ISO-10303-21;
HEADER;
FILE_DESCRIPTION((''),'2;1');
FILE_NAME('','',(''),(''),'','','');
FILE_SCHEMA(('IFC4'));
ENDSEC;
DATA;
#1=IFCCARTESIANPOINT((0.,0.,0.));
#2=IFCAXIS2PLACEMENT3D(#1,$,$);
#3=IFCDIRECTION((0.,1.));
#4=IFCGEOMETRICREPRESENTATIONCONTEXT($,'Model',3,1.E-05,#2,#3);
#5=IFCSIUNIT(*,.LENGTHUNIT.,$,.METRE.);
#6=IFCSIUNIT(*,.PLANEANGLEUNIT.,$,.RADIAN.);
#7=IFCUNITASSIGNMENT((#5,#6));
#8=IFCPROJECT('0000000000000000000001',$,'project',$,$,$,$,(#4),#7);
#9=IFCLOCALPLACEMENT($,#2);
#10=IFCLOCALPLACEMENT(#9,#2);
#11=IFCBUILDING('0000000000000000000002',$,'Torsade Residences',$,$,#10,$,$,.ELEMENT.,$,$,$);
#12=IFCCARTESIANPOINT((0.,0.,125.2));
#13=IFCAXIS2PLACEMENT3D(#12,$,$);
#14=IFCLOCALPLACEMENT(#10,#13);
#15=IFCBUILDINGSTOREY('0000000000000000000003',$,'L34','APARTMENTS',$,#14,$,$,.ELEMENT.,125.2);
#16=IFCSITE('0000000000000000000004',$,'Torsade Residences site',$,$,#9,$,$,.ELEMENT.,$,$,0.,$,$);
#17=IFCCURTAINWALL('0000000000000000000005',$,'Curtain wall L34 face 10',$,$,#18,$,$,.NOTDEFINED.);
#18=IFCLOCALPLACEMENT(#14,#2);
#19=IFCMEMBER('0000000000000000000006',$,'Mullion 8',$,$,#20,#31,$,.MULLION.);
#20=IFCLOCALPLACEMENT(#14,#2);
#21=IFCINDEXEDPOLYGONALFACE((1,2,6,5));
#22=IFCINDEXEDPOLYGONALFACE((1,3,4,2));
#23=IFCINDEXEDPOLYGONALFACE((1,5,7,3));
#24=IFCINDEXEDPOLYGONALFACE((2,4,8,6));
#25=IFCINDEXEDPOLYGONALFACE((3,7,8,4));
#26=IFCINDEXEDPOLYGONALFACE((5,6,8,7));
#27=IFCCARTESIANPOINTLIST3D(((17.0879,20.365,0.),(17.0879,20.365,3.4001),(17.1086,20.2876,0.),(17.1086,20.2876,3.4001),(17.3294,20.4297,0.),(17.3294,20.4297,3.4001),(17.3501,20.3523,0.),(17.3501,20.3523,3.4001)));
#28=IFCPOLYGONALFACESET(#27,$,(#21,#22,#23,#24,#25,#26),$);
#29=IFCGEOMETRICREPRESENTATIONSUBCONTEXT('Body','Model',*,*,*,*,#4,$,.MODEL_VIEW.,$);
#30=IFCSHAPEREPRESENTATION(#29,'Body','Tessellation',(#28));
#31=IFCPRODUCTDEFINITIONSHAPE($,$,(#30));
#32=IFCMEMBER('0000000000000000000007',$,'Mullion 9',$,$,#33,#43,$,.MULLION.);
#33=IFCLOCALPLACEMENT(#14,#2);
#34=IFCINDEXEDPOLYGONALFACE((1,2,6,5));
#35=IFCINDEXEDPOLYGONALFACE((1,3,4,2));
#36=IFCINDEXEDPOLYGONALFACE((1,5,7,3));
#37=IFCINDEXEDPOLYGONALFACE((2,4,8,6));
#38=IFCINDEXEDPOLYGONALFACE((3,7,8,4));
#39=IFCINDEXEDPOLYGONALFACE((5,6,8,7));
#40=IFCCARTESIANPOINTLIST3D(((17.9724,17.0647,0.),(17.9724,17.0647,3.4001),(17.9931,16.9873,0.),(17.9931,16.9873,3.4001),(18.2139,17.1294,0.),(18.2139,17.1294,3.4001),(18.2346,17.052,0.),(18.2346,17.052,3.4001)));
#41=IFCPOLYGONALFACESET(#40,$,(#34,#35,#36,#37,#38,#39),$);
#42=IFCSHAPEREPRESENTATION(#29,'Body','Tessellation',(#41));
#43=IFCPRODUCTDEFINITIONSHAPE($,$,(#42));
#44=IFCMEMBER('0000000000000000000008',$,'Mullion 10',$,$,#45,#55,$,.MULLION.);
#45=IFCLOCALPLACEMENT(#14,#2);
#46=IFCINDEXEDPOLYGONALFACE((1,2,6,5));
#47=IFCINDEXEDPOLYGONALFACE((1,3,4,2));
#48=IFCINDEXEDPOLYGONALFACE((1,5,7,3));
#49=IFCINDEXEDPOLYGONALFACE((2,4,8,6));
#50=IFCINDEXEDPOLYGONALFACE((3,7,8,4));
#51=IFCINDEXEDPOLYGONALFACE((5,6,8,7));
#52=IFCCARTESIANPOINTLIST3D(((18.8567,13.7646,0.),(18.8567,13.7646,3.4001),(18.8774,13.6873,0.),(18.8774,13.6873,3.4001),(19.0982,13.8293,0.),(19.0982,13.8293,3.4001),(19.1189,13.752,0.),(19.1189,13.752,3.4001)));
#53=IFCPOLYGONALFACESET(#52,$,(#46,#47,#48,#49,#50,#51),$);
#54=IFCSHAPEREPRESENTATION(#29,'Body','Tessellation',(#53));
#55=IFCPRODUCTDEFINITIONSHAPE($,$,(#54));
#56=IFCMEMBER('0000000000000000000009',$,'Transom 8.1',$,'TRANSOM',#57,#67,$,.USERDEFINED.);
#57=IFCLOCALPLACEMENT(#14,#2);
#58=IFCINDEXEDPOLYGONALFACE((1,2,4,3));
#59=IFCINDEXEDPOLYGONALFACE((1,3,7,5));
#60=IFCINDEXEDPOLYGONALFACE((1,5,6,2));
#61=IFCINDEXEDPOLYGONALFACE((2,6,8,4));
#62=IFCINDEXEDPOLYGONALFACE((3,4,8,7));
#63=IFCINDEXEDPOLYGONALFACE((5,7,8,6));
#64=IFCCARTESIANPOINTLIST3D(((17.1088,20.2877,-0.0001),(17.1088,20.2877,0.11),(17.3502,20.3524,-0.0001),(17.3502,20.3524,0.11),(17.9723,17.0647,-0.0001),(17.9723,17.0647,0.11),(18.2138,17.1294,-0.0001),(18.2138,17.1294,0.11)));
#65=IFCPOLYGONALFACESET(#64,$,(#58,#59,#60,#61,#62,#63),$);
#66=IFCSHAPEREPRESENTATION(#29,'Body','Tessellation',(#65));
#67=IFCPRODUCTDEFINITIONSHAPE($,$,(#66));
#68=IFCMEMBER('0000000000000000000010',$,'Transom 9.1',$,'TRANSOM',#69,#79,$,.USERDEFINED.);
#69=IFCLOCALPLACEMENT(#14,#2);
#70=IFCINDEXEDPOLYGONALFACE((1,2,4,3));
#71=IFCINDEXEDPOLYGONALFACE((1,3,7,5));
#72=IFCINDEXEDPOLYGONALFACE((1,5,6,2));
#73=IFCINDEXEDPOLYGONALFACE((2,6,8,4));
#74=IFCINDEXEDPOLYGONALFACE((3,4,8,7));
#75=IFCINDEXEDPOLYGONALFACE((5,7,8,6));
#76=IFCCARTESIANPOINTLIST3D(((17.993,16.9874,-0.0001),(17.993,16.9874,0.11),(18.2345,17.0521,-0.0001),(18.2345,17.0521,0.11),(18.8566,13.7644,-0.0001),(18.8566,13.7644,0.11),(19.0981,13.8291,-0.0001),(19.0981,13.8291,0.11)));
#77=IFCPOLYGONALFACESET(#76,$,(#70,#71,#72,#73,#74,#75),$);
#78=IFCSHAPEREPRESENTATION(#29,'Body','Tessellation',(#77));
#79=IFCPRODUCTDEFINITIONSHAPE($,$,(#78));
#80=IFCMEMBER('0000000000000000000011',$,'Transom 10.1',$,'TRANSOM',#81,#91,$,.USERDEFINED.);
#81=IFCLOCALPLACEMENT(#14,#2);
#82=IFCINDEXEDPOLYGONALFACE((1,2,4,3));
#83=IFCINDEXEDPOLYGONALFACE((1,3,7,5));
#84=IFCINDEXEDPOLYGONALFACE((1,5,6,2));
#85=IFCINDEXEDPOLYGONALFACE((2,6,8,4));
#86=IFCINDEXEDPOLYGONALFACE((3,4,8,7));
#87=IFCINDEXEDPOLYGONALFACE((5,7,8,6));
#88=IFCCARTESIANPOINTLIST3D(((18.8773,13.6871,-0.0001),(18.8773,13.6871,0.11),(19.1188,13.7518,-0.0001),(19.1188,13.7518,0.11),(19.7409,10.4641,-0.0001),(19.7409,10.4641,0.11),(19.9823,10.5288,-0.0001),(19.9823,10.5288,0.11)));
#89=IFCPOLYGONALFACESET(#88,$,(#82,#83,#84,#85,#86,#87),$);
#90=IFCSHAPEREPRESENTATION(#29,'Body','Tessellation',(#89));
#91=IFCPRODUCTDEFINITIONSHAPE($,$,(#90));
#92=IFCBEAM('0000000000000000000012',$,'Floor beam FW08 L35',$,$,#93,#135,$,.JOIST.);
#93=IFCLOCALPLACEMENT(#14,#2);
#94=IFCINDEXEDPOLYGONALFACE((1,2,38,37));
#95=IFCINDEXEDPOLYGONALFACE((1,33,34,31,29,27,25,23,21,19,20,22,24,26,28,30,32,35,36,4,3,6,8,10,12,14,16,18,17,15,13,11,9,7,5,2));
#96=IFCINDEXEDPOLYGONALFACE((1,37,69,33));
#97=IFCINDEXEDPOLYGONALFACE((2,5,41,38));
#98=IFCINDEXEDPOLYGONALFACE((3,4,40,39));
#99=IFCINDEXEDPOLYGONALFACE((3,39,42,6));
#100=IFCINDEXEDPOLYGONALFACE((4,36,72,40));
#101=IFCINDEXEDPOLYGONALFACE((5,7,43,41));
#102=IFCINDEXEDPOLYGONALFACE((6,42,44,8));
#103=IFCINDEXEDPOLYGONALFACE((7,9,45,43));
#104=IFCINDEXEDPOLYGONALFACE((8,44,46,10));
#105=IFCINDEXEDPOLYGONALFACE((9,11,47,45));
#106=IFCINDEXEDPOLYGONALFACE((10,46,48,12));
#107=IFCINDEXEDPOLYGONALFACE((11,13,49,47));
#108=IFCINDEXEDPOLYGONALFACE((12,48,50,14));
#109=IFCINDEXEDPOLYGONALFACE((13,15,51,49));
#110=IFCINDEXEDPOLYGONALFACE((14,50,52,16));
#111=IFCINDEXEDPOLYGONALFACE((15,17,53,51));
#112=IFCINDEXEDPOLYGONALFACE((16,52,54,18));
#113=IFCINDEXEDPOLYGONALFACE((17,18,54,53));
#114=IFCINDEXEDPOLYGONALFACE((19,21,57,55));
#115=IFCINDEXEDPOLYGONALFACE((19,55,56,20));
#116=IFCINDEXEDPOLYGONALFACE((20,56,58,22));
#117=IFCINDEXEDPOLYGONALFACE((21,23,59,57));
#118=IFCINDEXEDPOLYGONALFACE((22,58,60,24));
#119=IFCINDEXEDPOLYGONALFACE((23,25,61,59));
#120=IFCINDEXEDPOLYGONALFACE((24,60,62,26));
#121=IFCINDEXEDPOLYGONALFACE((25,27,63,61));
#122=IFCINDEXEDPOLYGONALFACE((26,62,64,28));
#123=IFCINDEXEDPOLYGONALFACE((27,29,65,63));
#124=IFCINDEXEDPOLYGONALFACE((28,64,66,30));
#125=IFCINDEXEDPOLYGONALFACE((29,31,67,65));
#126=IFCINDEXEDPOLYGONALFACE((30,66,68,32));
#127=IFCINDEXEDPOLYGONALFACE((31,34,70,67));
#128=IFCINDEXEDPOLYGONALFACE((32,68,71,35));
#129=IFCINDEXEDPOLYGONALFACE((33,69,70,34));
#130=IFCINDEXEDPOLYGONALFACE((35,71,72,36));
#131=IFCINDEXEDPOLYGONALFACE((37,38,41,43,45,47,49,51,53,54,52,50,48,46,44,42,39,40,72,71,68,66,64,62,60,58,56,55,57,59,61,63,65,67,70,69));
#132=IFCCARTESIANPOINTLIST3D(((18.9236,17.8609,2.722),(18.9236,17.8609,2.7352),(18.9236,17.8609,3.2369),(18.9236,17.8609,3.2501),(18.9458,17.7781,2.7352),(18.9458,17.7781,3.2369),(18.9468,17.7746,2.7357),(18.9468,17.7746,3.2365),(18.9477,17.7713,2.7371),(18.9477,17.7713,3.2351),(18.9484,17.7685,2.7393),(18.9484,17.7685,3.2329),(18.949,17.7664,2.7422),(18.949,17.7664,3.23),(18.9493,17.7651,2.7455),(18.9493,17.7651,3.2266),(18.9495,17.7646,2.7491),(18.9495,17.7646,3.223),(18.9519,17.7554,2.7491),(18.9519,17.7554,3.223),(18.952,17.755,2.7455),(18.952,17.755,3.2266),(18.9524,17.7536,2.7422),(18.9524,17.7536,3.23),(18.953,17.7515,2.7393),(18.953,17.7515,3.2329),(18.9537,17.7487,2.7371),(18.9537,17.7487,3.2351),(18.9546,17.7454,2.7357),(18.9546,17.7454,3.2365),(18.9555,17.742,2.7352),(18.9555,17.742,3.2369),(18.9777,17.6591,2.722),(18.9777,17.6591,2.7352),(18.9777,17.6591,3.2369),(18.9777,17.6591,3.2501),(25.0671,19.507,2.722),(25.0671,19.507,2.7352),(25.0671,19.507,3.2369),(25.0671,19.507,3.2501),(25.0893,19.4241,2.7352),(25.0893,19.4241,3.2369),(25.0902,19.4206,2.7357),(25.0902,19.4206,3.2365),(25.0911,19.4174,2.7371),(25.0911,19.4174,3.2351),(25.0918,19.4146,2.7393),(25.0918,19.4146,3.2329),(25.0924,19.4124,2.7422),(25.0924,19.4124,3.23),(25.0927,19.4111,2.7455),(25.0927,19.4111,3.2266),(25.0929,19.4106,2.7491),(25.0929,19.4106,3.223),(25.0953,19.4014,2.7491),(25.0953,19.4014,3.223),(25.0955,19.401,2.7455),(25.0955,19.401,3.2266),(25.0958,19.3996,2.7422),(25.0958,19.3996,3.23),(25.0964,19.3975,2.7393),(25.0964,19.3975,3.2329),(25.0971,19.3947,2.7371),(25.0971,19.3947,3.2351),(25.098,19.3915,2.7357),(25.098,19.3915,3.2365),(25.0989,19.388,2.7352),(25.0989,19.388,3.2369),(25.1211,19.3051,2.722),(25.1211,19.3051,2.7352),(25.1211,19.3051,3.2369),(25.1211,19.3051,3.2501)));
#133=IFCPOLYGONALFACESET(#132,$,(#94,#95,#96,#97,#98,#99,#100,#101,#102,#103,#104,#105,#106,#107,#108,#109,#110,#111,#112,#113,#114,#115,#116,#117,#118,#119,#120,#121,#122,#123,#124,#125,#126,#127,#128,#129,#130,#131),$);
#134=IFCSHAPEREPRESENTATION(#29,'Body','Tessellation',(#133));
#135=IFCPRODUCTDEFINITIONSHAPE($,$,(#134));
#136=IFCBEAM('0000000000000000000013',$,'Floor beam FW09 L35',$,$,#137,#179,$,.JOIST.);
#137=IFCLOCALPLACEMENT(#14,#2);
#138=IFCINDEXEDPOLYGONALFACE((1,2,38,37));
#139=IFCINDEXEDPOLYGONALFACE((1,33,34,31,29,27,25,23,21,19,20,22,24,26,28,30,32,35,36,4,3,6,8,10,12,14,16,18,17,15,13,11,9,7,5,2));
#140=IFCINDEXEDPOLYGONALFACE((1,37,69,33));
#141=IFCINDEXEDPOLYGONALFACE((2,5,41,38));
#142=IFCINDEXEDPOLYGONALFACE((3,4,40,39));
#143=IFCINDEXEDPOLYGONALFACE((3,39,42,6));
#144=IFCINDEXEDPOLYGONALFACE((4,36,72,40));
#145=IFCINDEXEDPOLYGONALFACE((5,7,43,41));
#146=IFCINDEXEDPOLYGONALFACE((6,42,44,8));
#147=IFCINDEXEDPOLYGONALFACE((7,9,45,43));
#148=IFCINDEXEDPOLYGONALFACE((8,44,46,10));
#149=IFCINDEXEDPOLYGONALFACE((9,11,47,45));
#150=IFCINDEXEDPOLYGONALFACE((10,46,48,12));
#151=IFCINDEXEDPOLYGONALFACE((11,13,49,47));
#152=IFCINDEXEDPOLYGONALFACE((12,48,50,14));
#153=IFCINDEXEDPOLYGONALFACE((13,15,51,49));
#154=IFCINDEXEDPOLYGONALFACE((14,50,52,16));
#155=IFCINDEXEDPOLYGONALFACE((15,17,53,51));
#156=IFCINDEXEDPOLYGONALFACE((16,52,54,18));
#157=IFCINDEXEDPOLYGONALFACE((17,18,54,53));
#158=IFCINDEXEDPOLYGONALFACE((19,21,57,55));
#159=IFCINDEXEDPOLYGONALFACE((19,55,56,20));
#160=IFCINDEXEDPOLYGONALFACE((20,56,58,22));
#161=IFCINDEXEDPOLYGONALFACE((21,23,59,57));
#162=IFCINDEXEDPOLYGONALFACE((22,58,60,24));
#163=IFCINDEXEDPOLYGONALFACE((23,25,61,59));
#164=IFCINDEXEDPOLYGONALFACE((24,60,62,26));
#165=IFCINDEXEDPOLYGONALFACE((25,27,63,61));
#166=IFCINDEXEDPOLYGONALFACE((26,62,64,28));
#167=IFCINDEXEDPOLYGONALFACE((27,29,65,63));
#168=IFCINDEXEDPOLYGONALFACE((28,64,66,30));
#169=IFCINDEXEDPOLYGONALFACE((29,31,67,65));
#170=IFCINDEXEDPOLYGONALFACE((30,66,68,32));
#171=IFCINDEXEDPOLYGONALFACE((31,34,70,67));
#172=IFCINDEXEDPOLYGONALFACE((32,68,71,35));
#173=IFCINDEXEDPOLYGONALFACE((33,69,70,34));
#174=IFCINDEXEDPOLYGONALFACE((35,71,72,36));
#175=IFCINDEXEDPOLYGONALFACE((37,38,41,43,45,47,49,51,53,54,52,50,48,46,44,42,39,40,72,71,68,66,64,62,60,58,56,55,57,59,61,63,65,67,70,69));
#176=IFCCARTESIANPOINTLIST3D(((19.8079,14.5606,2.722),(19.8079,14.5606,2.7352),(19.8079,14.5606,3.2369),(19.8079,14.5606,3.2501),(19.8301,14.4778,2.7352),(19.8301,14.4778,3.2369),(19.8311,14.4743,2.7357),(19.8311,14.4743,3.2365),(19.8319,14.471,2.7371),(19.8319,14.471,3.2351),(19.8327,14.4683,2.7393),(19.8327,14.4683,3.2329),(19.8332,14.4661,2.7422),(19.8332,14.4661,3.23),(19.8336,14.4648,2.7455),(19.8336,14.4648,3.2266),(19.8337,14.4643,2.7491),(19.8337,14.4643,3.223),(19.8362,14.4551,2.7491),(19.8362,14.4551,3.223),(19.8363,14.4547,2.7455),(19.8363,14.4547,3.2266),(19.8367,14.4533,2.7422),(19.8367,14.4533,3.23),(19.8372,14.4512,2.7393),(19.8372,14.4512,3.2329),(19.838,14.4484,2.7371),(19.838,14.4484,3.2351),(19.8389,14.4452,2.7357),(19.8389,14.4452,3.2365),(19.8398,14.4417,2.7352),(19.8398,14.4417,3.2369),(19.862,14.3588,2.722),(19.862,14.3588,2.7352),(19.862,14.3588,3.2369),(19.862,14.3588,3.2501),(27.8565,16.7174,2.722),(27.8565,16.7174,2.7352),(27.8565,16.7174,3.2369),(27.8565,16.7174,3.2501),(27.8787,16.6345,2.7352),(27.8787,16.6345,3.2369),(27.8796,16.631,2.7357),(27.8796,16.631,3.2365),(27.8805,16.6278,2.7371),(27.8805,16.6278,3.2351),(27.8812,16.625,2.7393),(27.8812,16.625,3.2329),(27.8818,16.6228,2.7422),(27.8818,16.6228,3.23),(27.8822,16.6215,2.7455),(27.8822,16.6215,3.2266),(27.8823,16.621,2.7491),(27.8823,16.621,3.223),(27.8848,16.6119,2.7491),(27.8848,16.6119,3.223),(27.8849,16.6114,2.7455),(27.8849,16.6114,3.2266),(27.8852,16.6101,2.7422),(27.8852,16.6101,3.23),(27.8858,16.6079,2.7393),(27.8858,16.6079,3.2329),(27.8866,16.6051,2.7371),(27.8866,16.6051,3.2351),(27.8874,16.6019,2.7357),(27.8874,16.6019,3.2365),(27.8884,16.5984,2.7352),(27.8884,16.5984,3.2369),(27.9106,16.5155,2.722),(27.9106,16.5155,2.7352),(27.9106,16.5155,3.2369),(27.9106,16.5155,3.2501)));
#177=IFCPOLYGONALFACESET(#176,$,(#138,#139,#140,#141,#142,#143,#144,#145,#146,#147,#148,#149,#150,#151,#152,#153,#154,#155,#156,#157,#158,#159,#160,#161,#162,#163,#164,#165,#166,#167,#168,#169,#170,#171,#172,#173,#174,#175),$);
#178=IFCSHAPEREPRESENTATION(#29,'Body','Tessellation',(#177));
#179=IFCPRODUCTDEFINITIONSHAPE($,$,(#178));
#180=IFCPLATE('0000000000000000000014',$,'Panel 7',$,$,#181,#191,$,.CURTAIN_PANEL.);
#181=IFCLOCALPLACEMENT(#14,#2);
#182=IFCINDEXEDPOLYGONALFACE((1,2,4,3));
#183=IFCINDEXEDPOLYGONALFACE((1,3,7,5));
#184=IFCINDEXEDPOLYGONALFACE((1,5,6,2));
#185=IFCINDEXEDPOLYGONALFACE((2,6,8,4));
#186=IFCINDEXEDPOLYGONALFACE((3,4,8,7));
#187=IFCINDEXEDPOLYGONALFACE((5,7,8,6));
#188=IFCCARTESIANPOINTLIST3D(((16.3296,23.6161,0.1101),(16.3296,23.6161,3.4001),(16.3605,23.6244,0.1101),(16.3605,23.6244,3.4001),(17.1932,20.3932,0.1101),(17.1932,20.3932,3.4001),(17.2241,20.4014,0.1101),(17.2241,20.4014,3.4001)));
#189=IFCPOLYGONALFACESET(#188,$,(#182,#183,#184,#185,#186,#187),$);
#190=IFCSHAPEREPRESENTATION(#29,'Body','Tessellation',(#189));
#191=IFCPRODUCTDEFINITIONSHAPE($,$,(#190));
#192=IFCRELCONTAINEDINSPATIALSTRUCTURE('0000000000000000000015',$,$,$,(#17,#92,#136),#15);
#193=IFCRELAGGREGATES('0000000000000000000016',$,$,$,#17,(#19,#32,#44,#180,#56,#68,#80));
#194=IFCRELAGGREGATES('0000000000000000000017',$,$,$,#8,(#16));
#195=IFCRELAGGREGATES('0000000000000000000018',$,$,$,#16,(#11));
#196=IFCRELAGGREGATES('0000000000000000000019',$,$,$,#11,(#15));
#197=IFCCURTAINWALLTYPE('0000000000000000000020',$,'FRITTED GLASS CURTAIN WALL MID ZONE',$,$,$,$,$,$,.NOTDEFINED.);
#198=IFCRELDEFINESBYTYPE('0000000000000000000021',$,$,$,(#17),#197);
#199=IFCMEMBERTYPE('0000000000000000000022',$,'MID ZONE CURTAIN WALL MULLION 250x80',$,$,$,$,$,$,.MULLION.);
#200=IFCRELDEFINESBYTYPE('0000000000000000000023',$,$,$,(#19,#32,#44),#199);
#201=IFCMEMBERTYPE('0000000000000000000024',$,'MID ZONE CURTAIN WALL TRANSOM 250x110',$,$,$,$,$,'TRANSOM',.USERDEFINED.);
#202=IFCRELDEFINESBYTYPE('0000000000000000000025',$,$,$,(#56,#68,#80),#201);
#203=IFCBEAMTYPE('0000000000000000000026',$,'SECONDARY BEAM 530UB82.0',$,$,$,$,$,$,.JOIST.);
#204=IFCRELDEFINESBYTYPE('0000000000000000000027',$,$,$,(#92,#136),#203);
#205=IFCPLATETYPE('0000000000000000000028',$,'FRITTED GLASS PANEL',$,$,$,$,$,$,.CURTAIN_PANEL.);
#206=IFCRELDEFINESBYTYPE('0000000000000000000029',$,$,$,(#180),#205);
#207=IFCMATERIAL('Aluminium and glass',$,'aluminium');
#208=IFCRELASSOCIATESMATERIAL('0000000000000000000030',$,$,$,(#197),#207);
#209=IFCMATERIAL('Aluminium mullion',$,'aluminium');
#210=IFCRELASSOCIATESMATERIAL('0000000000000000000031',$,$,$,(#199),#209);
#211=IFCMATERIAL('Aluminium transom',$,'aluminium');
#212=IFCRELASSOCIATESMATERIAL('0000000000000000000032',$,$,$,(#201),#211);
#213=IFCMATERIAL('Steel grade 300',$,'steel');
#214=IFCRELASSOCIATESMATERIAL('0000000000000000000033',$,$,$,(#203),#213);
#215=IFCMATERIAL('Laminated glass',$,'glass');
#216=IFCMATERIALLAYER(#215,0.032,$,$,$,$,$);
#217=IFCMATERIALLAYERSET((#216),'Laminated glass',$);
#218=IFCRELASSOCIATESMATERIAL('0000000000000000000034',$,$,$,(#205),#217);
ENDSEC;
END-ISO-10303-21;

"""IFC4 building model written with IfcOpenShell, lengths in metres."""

from ifc_helpers import new_model, si_unit, direction, frame, origin, origin_2d, place, context, subcontext, project, spatial, rectangle, i_section, extrude, material, layer, layer_set, material_profile, profile_set, type_object, element, aggregate, save


model = new_model("IFC4")

# Units and contexts
model_context = context("Model", 3, precision=1e-05, world=origin(), true_north=direction((0.0, 1.0)))
body_context = subcontext(model_context, "Body", "Model", "MODEL_VIEW")
ifc_project = project(units=[si_unit("LENGTHUNIT", "METRE"), si_unit("PLANEANGLEUNIT", "RADIAN")], contexts=[model_context])

# Site, building, storey
site_placement = place(None, origin())
site = spatial("IfcSite", under=ifc_project, at=site_placement, Name="Torsade Residences site", CompositionType="ELEMENT", RefElevation=0.0)
building_placement = place(site_placement, origin())
building = spatial("IfcBuilding", under=site, at=building_placement, Name="Torsade Residences", CompositionType="ELEMENT")
storey_placement = place(building_placement, frame((0.0, 0.0, 125.2)))
storey = spatial("IfcBuildingStorey", under=building, at=storey_placement, Name="L34", Description="APARTMENTS", CompositionType="ELEMENT", Elevation=125.2)

# Curtain wall, members
ifc_material_1 = material(Name="Aluminium and glass", Category="aluminium")
curtain_wall_type = type_object("IfcCurtainWallType", Name="FRITTED GLASS CURTAIN WALL MID ZONE", PredefinedType="NOTDEFINED", material=ifc_material_1)
curtain_wall_placement = place(storey_placement, origin())
curtain_wall = element("IfcCurtainWall", 1, at=curtain_wall_placement, inside=storey, type_object=curtain_wall_type, Name="Curtain wall L34 face 10", PredefinedType="NOTDEFINED")
ifc_material_2 = material(Name="Aluminium mullion", Category="aluminium")
ifc_material_profile_1 = material_profile(ifc_material_2, rectangle(XDim=0.25, YDim=0.0801, at=origin_2d()), Name="MID ZONE CURTAIN WALL MULLION 250x80")
ifc_profile_set_1 = profile_set([ifc_material_profile_1], Name="Aluminium mullion")
member_type_1 = type_object("IfcMemberType", Name="MID ZONE CURTAIN WALL MULLION 250x80", PredefinedType="MULLION", material=ifc_profile_set_1)
member_1_placement = place(storey_placement, frame((17.219, 20.3586, 0.0), z_axis=(0.0, 0.0, 1.0), x_axis=(0.965926, 0.258819, 0.0)))
member_1 = element("IfcMember", 2, at=member_1_placement, type_object=member_type_1, Name="Mullion 8", PredefinedType="MULLION", context=body_context, shape_type="SweptSolid", body=[
    extrude(rectangle(XDim=0.25, YDim=0.0801, at=origin_2d()), origin(), (0.0, 0.0, 1.0), 3.4001),
])
member_2_placement = place(storey_placement, frame((18.1035, 17.0583, 0.0), z_axis=(0.0, 0.0, 1.0), x_axis=(0.965926, 0.258819, 0.0)))
member_2 = element("IfcMember", 3, at=member_2_placement, type_object=member_type_1, Name="Mullion 9", PredefinedType="MULLION", context=body_context, shape_type="SweptSolid", body=[
    extrude(rectangle(XDim=0.25, YDim=0.0801, at=origin_2d()), origin(), (0.0, 0.0, 1.0), 3.4001),
])
member_3_placement = place(storey_placement, frame((18.9878, 13.7583, 0.0), z_axis=(0.0, 0.0, 1.0), x_axis=(0.965926, 0.258819, 0.0)))
member_3 = element("IfcMember", 4, at=member_3_placement, type_object=member_type_1, Name="Mullion 10", PredefinedType="MULLION", context=body_context, shape_type="SweptSolid", body=[
    extrude(rectangle(XDim=0.25, YDim=0.0801, at=origin_2d()), origin(), (0.0, 0.0, 1.0), 3.4001),
])
ifc_material_3 = material(Name="Aluminium transom", Category="aluminium")
ifc_material_profile_2 = material_profile(ifc_material_3, rectangle(XDim=0.25, YDim=0.1101, at=origin_2d()), Name="MID ZONE CURTAIN WALL TRANSOM 250x110")
ifc_profile_set_2 = profile_set([ifc_material_profile_2], Name="Aluminium transom")
member_type_2 = type_object("IfcMemberType", Name="MID ZONE CURTAIN WALL TRANSOM 250x110", ElementType="TRANSOM", PredefinedType="USERDEFINED", material=ifc_profile_set_2)
member_4_placement = place(storey_placement, frame((17.2295, 20.3201, 0.0549), z_axis=(0.258806, -0.965929, 0.0), x_axis=(0.965929, 0.258806, 0.0)))
member_4 = element("IfcMember", 5, at=member_4_placement, type_object=member_type_2, Name="Transom 8.1", ObjectType="TRANSOM", PredefinedType="USERDEFINED", context=body_context, shape_type="SweptSolid", body=[
    extrude(rectangle(XDim=0.25, YDim=0.1101, at=origin_2d()), origin(), (0.0, 0.0, 1.0), 3.3367),
])
member_5_placement = place(storey_placement, frame((18.1138, 17.0198, 0.0549), z_axis=(0.258806, -0.965929, 0.0), x_axis=(0.965929, 0.258806, 0.0)))
member_5 = element("IfcMember", 6, at=member_5_placement, type_object=member_type_2, Name="Transom 9.1", ObjectType="TRANSOM", PredefinedType="USERDEFINED", context=body_context, shape_type="SweptSolid", body=[
    extrude(rectangle(XDim=0.25, YDim=0.1101, at=origin_2d()), origin(), (0.0, 0.0, 1.0), 3.3367),
])
member_6_placement = place(storey_placement, frame((18.998, 13.7195, 0.0549), z_axis=(0.258806, -0.965929, 0.0), x_axis=(0.965929, 0.258806, 0.0)))
member_6 = element("IfcMember", 7, at=member_6_placement, type_object=member_type_2, Name="Transom 10.1", ObjectType="TRANSOM", PredefinedType="USERDEFINED", context=body_context, shape_type="SweptSolid", body=[
    extrude(rectangle(XDim=0.25, YDim=0.1101, at=origin_2d()), origin(), (0.0, 0.0, 1.0), 3.3367),
])

# Beams
ifc_material_4 = material(Name="Steel grade 300", Category="steel")
ifc_material_profile_3 = material_profile(ifc_material_4, i_section(OverallWidth=0.209, OverallDepth=0.5281, WebThickness=0.0095, FlangeThickness=0.0132, FilletRadius=0.0139, at=origin_2d()), Name="530UB82.0")
ifc_profile_set_3 = profile_set([ifc_material_profile_3], Name="Steel grade 300")
beam_type = type_object("IfcBeamType", Name="SECONDARY BEAM 530UB82.0", PredefinedType="JOIST", material=ifc_profile_set_3)
beam_1_placement = place(storey_placement, frame((18.9507, 17.76, 2.9861), z_axis=(0.96593, 0.258805, 0.0), x_axis=(-0.258805, 0.96593, 0.0)))
element("IfcBeam", 8, at=beam_1_placement, inside=storey, type_object=beam_type, Name="Floor beam FW08 L35", PredefinedType="JOIST", context=body_context, shape_type="SweptSolid", body=[
    extrude(i_section(OverallWidth=0.209, OverallDepth=0.5281, WebThickness=0.0095, FlangeThickness=0.0132, FilletRadius=0.0139, at=origin_2d()), origin(), (0.0, 0.0, 1.0), 6.3601),
])
beam_2_placement = place(storey_placement, frame((19.835, 14.4597, 2.9861), z_axis=(0.965922, 0.258833, 0.0), x_axis=(-0.258833, 0.965922, 0.0)))
element("IfcBeam", 9, at=beam_2_placement, inside=storey, type_object=beam_type, Name="Floor beam FW09 L35", PredefinedType="JOIST", context=body_context, shape_type="SweptSolid", body=[
    extrude(i_section(OverallWidth=0.209, OverallDepth=0.5281, WebThickness=0.0095, FlangeThickness=0.0132, FilletRadius=0.0139, at=origin_2d()), origin(), (0.0, 0.0, 1.0), 8.3325),
])

# Plate
ifc_material_5 = material(Name="Laminated glass", Category="glass")
ifc_layer_1 = layer(ifc_material_5, 0.032)
ifc_layer_set_1 = layer_set([ifc_layer_1], Name="Laminated glass")
plate_type = type_object("IfcPlateType", Name="FRITTED GLASS PANEL", PredefinedType="CURTAIN_PANEL", material=ifc_layer_set_1)
plate_1_placement = place(storey_placement, frame((16.7769, 22.0088, 0.1101), z_axis=(0.0, 0.0, 1.0), x_axis=(0.258819, -0.965926, 0.0)))
plate_1 = element("IfcPlate", 10, at=plate_1_placement, type_object=plate_type, Name="Panel 7", PredefinedType="CURTAIN_PANEL", context=body_context, shape_type="SweptSolid", body=[
    extrude(rectangle(XDim=3.3367, YDim=0.032, at=origin_2d()), origin(), (0.0, 0.0, 1.0), 3.29),
])
aggregate(curtain_wall, [member_1, member_2, member_3, plate_1, member_4, member_5, member_6])

save(model, "model.ifc")
